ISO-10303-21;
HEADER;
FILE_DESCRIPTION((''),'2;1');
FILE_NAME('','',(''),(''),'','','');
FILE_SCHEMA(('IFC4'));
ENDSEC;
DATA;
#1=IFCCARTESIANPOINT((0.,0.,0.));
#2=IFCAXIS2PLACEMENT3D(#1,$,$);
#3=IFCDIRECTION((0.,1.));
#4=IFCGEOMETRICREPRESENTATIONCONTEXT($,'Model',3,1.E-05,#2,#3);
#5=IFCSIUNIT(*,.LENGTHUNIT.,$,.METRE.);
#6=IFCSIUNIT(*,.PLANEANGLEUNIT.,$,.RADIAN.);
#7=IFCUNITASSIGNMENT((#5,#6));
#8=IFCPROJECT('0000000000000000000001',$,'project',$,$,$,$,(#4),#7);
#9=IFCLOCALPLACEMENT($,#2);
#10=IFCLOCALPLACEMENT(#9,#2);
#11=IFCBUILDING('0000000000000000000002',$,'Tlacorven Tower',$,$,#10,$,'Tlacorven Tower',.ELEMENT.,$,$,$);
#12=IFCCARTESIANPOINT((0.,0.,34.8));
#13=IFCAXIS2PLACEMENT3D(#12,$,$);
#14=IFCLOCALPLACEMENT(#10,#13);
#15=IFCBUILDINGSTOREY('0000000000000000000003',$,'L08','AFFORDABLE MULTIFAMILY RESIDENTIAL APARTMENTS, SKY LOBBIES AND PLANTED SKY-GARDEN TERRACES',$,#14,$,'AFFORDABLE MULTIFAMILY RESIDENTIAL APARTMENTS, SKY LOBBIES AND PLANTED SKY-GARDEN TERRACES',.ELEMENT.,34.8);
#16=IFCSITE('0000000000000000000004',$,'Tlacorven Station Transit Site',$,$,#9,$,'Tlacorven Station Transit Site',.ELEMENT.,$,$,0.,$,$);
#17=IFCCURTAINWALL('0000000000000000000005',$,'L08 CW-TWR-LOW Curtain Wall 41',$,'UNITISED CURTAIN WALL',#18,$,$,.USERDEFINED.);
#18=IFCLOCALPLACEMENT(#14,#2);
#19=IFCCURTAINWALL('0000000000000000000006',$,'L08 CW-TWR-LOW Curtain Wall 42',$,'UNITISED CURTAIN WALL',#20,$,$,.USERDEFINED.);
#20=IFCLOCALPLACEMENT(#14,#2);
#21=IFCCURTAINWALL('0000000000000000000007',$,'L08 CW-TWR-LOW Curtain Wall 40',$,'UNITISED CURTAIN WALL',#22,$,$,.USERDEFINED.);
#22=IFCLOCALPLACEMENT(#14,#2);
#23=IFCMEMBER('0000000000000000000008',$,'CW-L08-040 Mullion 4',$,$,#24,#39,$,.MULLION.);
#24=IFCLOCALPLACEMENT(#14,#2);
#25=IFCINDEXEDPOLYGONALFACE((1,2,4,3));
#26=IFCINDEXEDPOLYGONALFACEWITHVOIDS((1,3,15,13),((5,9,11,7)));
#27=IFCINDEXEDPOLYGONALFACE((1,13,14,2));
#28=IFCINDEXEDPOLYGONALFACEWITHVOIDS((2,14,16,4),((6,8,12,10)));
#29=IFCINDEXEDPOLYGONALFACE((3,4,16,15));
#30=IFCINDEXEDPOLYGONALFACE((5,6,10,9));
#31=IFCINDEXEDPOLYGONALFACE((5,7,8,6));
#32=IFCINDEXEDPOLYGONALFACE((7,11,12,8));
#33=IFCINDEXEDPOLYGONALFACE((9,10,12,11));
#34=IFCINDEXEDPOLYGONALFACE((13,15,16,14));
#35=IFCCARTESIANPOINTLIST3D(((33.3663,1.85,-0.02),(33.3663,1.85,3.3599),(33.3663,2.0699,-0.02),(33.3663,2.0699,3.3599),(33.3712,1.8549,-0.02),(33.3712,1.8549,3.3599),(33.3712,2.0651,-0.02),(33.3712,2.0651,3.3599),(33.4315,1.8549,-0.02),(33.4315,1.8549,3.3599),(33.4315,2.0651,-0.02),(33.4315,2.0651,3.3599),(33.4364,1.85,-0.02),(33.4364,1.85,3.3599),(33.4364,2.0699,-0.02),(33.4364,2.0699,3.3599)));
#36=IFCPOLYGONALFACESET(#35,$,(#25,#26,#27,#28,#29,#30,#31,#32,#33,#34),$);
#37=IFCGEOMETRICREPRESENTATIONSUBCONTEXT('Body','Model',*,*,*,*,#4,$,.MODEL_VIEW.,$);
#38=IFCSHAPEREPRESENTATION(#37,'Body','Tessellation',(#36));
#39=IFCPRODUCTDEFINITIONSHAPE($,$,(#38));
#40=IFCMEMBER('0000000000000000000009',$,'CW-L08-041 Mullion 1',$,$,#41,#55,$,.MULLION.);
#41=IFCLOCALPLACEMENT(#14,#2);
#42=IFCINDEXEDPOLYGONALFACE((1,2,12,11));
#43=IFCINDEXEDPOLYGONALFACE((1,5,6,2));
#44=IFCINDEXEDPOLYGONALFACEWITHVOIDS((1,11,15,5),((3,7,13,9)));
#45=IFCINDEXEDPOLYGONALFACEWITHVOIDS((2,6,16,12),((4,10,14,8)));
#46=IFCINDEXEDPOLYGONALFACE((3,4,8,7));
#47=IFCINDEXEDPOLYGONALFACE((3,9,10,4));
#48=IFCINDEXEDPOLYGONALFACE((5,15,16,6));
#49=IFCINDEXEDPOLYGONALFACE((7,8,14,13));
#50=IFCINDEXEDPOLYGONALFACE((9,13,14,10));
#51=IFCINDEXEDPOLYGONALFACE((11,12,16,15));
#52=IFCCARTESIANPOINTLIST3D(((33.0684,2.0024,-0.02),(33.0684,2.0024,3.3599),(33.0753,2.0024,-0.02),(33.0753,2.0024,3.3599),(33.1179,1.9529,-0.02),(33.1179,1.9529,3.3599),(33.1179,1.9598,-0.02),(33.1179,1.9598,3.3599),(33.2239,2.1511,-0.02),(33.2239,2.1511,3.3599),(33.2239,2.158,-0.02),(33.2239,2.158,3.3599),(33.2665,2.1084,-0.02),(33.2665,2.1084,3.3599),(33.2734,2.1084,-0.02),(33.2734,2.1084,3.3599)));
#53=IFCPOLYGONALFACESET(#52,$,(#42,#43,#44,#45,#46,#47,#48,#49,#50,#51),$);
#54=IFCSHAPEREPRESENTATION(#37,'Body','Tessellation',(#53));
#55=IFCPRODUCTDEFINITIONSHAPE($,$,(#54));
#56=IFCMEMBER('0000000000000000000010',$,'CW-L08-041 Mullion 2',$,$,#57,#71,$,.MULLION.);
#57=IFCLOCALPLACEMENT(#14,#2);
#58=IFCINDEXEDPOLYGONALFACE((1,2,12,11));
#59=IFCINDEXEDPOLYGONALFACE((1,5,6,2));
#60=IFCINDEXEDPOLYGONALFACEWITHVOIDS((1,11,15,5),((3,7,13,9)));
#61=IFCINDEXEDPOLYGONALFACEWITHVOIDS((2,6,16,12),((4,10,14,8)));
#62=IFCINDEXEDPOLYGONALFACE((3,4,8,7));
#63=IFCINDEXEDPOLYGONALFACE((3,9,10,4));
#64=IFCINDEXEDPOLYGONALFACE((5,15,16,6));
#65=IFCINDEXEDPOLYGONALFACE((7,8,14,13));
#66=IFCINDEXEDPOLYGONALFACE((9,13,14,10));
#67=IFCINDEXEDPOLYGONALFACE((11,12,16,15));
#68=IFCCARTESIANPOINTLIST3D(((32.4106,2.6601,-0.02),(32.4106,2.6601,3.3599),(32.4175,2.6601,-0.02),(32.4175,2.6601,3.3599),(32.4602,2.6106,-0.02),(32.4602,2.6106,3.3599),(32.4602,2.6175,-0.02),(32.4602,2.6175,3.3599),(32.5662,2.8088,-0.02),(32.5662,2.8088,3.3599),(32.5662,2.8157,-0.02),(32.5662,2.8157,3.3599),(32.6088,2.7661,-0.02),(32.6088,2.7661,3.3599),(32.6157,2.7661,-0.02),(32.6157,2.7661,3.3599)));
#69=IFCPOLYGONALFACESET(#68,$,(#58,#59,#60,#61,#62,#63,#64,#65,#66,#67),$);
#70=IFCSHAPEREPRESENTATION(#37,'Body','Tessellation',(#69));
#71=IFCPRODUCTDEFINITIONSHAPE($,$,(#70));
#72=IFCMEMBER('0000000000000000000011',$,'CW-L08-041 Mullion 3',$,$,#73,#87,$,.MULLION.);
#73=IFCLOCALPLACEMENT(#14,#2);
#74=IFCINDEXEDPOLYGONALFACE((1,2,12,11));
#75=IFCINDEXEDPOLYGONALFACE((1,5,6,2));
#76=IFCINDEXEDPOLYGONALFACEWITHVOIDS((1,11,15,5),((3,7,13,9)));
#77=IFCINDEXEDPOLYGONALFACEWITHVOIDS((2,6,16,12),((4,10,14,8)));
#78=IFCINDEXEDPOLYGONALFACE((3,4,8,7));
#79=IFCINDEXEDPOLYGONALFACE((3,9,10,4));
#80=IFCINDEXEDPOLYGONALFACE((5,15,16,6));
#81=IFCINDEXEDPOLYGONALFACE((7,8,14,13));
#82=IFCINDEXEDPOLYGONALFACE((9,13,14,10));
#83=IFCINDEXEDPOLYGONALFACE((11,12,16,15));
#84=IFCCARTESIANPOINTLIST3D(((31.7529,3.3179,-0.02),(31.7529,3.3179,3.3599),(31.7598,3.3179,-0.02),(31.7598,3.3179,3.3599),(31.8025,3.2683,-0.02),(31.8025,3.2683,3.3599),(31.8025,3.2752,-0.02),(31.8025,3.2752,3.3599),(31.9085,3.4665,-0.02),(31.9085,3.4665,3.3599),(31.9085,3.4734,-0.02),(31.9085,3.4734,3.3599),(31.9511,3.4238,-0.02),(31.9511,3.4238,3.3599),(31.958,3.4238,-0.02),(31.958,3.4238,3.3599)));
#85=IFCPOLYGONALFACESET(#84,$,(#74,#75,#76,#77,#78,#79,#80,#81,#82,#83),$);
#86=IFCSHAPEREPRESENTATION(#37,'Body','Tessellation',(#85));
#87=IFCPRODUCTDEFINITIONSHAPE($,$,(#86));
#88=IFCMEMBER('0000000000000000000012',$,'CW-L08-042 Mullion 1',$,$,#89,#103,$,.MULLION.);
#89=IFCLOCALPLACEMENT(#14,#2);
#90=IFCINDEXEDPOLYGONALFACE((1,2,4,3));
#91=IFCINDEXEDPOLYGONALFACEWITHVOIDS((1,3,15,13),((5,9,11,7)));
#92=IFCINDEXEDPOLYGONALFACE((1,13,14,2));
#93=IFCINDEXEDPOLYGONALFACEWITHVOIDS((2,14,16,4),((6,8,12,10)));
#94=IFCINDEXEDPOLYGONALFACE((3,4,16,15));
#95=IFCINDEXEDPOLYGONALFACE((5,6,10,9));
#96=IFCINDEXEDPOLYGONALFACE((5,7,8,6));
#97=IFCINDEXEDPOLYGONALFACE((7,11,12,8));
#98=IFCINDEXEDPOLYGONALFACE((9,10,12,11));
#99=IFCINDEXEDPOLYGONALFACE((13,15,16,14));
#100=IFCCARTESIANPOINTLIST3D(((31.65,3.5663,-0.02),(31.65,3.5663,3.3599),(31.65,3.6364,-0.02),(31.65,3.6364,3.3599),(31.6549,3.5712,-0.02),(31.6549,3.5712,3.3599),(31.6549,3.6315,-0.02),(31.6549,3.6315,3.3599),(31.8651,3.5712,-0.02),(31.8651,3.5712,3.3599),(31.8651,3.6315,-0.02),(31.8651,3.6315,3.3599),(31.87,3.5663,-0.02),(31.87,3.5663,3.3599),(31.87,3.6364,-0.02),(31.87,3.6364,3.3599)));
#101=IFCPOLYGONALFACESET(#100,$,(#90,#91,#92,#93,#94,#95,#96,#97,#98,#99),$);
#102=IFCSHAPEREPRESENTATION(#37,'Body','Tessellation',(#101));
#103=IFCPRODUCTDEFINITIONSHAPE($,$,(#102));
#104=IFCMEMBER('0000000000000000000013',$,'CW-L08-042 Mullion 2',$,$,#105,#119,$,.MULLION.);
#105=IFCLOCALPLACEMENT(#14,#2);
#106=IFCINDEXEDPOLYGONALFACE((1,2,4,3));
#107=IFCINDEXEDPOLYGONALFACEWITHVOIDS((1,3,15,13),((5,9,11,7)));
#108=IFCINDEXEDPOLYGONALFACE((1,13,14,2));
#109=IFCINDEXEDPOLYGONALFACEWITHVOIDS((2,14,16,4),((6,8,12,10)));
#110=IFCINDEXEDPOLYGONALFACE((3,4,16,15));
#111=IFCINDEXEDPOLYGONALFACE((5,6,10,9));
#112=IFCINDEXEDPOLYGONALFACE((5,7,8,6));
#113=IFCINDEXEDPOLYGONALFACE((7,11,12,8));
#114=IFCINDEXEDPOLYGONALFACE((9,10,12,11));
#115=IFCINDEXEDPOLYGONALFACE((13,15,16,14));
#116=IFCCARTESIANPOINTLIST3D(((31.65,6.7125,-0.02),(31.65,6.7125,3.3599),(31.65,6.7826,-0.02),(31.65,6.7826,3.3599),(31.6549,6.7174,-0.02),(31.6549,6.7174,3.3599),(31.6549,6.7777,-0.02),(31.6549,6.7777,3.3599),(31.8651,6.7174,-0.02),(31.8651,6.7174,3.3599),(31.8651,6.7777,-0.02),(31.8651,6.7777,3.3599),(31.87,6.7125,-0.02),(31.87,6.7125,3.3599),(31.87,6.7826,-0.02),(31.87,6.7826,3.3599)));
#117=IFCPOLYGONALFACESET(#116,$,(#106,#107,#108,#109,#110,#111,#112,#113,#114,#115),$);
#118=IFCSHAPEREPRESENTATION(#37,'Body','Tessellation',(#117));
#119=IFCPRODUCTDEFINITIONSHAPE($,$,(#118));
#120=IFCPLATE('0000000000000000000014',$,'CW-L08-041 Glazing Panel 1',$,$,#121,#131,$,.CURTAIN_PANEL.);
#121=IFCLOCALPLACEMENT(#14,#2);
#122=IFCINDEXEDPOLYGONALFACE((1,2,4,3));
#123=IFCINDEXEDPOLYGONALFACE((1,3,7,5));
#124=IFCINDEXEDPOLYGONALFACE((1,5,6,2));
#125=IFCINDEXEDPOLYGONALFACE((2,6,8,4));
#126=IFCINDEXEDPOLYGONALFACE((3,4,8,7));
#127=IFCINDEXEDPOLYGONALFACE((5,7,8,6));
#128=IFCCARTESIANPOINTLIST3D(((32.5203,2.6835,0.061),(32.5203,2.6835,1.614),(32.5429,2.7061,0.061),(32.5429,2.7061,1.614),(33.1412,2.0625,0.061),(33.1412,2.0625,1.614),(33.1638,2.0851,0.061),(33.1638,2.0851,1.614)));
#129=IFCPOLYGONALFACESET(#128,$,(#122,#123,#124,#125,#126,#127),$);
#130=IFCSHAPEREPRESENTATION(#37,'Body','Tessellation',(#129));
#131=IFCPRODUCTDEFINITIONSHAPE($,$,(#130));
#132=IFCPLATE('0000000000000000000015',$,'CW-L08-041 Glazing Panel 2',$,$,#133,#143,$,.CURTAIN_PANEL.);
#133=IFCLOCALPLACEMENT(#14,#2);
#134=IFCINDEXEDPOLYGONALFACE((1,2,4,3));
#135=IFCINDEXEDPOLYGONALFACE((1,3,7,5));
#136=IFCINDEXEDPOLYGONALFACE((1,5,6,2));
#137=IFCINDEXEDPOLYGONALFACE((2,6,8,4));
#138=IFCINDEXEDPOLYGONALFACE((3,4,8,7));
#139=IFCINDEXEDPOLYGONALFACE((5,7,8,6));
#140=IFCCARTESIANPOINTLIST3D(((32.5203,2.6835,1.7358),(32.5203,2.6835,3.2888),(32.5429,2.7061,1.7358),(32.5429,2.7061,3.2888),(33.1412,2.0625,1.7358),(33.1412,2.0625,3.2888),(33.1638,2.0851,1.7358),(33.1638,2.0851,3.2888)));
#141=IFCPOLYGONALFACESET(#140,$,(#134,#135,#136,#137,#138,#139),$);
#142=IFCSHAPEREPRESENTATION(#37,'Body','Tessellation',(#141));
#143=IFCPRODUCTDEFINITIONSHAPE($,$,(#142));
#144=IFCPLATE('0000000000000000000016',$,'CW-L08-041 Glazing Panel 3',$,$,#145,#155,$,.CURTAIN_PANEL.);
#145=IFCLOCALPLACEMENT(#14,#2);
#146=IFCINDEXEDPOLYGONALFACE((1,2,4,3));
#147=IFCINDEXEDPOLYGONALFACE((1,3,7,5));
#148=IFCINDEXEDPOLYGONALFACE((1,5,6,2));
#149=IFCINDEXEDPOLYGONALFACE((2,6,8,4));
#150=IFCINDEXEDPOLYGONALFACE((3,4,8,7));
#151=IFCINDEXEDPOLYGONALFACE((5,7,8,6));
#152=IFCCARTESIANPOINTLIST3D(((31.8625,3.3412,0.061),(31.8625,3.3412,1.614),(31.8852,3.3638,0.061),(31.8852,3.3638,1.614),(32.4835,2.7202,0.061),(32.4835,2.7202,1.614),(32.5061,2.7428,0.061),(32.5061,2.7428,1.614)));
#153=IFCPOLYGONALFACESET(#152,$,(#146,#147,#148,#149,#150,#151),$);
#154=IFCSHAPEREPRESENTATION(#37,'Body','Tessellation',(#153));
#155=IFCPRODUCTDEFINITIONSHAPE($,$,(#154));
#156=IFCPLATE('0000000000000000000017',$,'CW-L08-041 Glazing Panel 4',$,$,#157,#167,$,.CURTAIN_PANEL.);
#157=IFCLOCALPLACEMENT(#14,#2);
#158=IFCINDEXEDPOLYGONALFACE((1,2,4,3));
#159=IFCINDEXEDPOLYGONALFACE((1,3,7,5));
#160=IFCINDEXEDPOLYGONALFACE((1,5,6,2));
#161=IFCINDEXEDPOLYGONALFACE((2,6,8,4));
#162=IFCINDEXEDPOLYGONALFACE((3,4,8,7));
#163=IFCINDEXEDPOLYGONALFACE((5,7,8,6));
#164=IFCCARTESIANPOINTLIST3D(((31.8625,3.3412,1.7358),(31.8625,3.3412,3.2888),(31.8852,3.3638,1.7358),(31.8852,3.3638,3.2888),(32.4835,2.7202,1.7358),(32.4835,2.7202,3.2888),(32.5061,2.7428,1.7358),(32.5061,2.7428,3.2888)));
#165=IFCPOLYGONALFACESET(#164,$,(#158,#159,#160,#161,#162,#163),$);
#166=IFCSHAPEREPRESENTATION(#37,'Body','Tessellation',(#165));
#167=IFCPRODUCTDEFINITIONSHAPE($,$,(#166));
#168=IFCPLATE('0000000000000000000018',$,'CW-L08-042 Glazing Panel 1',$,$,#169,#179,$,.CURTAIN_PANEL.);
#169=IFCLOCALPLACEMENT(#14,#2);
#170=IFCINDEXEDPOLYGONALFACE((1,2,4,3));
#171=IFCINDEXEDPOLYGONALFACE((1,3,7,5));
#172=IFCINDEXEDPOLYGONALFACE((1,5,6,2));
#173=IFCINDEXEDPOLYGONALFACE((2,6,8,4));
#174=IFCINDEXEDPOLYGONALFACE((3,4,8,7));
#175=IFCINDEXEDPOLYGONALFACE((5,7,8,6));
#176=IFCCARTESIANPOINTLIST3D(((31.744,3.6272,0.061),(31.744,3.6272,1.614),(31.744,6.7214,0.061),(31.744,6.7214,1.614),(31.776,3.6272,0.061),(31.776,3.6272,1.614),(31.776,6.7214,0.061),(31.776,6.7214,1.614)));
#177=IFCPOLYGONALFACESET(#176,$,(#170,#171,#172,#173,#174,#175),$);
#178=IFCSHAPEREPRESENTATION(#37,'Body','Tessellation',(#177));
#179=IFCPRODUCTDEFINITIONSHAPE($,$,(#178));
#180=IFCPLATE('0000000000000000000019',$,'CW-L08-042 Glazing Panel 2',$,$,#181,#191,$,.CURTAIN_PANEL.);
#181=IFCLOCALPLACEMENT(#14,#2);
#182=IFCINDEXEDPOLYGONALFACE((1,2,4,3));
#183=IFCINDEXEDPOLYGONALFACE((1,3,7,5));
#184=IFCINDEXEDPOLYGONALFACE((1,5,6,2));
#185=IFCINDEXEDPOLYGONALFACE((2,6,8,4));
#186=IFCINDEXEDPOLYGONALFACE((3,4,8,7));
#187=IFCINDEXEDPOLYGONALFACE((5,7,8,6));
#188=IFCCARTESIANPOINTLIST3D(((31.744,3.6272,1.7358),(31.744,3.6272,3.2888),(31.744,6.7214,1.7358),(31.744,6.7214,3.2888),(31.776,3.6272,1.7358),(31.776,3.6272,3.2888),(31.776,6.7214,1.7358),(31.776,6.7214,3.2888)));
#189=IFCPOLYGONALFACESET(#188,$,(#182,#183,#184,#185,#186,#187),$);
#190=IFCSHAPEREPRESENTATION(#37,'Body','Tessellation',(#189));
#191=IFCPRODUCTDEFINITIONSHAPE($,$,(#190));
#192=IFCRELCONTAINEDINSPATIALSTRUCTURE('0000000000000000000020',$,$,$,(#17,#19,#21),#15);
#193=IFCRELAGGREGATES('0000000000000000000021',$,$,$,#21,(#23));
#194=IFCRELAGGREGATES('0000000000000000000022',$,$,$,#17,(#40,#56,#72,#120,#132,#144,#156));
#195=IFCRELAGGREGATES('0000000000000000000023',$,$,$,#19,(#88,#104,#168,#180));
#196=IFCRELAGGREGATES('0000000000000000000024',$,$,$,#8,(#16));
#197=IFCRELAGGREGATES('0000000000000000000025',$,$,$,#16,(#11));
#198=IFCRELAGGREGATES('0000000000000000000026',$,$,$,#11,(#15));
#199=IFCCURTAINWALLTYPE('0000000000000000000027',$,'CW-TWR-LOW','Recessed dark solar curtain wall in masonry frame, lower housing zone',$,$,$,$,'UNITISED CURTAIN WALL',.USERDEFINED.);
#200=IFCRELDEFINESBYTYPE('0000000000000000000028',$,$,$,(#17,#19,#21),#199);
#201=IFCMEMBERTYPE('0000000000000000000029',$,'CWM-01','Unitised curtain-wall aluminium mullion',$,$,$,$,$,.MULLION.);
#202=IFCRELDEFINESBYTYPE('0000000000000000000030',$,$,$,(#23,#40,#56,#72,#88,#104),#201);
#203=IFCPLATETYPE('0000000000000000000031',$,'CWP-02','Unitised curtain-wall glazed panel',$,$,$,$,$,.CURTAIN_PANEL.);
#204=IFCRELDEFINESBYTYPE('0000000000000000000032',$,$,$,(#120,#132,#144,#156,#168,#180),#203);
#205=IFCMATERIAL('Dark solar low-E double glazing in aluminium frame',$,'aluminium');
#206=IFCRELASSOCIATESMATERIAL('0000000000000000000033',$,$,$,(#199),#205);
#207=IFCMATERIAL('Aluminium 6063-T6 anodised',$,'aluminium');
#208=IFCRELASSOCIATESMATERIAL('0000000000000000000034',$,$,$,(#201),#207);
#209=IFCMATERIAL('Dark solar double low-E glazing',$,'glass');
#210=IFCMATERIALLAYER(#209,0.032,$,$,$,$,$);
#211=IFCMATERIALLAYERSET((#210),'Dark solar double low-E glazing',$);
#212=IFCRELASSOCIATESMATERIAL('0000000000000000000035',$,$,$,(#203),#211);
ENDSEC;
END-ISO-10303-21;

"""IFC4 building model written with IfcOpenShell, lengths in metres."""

from ifc_helpers import new_model, si_unit, direction, frame, origin, origin_2d, place, context, subcontext, project, spatial, rectangle, hollow_rectangle, extrude, source, transform, mapped, material, layer, layer_set, material_profile, profile_set, type_object, element, aggregate, save


model = new_model("IFC4")

# Units and contexts
model_context = context("Model", 3, precision=1e-05, world=origin(), true_north=direction((0.0, 1.0)))
body_context = subcontext(model_context, "Body", "Model", "MODEL_VIEW")
ifc_project = project(units=[si_unit("LENGTHUNIT", "METRE"), si_unit("PLANEANGLEUNIT", "RADIAN")], contexts=[model_context])

# Site, building, storey
site_placement = place(None, origin())
site = spatial("IfcSite", under=ifc_project, at=site_placement, Name="Tlacorven Station Transit Site", LongName="Tlacorven Station Transit Site", CompositionType="ELEMENT", RefElevation=0.0)
building_placement = place(site_placement, origin())
building = spatial("IfcBuilding", under=site, at=building_placement, Name="Tlacorven Tower", LongName="Tlacorven Tower", CompositionType="ELEMENT")
storey_placement = place(building_placement, frame((0.0, 0.0, 34.8)))
storey = spatial("IfcBuildingStorey", under=building, at=storey_placement, Name="L08", Description="AFFORDABLE MULTIFAMILY RESIDENTIAL APARTMENTS, SKY LOBBIES AND PLANTED SKY-GARDEN TERRACES", LongName="AFFORDABLE MULTIFAMILY RESIDENTIAL APARTMENTS, SKY LOBBIES AND PLANTED SKY-GARDEN TERRACES", CompositionType="ELEMENT", Elevation=34.8)

# Curtain walls
ifc_material_1 = material(Name="Dark solar low-E double glazing in aluminium frame", Category="aluminium")
curtain_wall_type = type_object("IfcCurtainWallType", Name="CW-TWR-LOW", Description="Recessed dark solar curtain wall in masonry frame, lower housing zone", ElementType="UNITISED CURTAIN WALL", PredefinedType="USERDEFINED", material=ifc_material_1)
curtain_wall_1_placement = place(storey_placement, origin())
curtain_wall_1 = element("IfcCurtainWall", 1, at=curtain_wall_1_placement, inside=storey, type_object=curtain_wall_type, Name="L08 CW-TWR-LOW Curtain Wall 41", ObjectType="UNITISED CURTAIN WALL", PredefinedType="USERDEFINED")
ifc_material_2 = material(Name="Aluminium 6063-T6 anodised", Category="aluminium")
curtain_wall_2_placement = place(storey_placement, origin())
curtain_wall_2 = element("IfcCurtainWall", 2, at=curtain_wall_2_placement, inside=storey, type_object=curtain_wall_type, Name="L08 CW-TWR-LOW Curtain Wall 42", ObjectType="UNITISED CURTAIN WALL", PredefinedType="USERDEFINED")

# Curtain wall, member
curtain_wall_3_placement = place(storey_placement, origin())
curtain_wall_3 = element("IfcCurtainWall", 3, at=curtain_wall_3_placement, inside=storey, type_object=curtain_wall_type, Name="L08 CW-TWR-LOW Curtain Wall 40", ObjectType="UNITISED CURTAIN WALL", PredefinedType="USERDEFINED")
ifc_material_profile_1 = material_profile(ifc_material_2, hollow_rectangle(XDim=0.0701, YDim=0.22, WallThickness=0.0049, at=origin_2d()), Name="ALU MULLION 70X220")
ifc_profile_set_1 = profile_set([ifc_material_profile_1], Name="Aluminium 6063-T6 anodised")
member_type_1 = type_object("IfcMemberType", Name="CWM-01", Description="Unitised curtain-wall aluminium mullion", PredefinedType="MULLION", material=ifc_profile_set_1)
shared_shape_1 = source(origin(), body_context, "Body", "SweptSolid", [
    extrude(hollow_rectangle(XDim=0.0701, YDim=0.22, WallThickness=0.0049, at=origin_2d()), origin(), (0.0, 0.0, 1.0), 3.3799),
])
member_1_placement = place(storey_placement, frame((33.4014, 1.96, -0.02), z_axis=(0.0, 0.0, 1.0), x_axis=(-1.0, 0.0, 0.0)))
member_1 = element("IfcMember", 4, at=member_1_placement, type_object=member_type_1, Name="CW-L08-040 Mullion 4", PredefinedType="MULLION", context=body_context, shape_type="MappedRepresentation", body=[
    mapped(shared_shape_1, transform((0.0, 0.0, 0.0), scale=1.0)),
])
aggregate(curtain_wall_3, [member_1])

# Members
member_2_placement = place(storey_placement, frame((33.1709, 2.0554, -0.02), z_axis=(0.0, 0.0, 1.0), x_axis=(-0.707107, 0.707107, 0.0)))
member_2 = element("IfcMember", 5, at=member_2_placement, type_object=member_type_1, Name="CW-L08-041 Mullion 1", PredefinedType="MULLION", context=body_context, shape_type="MappedRepresentation", body=[
    mapped(shared_shape_1, transform((0.0, 0.0, 0.0), scale=1.0)),
])
member_3_placement = place(storey_placement, frame((32.5132, 2.7131, -0.02), z_axis=(0.0, 0.0, 1.0), x_axis=(-0.707107, 0.707107, 0.0)))
member_3 = element("IfcMember", 6, at=member_3_placement, type_object=member_type_1, Name="CW-L08-041 Mullion 2", PredefinedType="MULLION", context=body_context, shape_type="MappedRepresentation", body=[
    mapped(shared_shape_1, transform((0.0, 0.0, 0.0), scale=1.0)),
])
member_4_placement = place(storey_placement, frame((31.8555, 3.3708, -0.02), z_axis=(0.0, 0.0, 1.0), x_axis=(-0.707107, 0.707107, 0.0)))
member_4 = element("IfcMember", 7, at=member_4_placement, type_object=member_type_1, Name="CW-L08-041 Mullion 3", PredefinedType="MULLION", context=body_context, shape_type="MappedRepresentation", body=[
    mapped(shared_shape_1, transform((0.0, 0.0, 0.0), scale=1.0)),
])
member_5_placement = place(storey_placement, frame((31.76, 3.6013, -0.02), z_axis=(0.0, 0.0, 1.0), x_axis=(0.0, 1.0, 0.0)))
member_5 = element("IfcMember", 8, at=member_5_placement, type_object=member_type_1, Name="CW-L08-042 Mullion 1", PredefinedType="MULLION", context=body_context, shape_type="MappedRepresentation", body=[
    mapped(shared_shape_1, transform((0.0, 0.0, 0.0), scale=1.0)),
])
member_6_placement = place(storey_placement, frame((31.76, 6.7476, -0.02), z_axis=(0.0, 0.0, 1.0), x_axis=(0.0, 1.0, 0.0)))
member_6 = element("IfcMember", 9, at=member_6_placement, type_object=member_type_1, Name="CW-L08-042 Mullion 2", PredefinedType="MULLION", context=body_context, shape_type="MappedRepresentation", body=[
    mapped(shared_shape_1, transform((0.0, 0.0, 0.0), scale=1.0)),
])

# Plates
ifc_material_3 = material(Name="Dark solar double low-E glazing", Category="glass")
ifc_layer = layer(ifc_material_3, 0.032)
ifc_layer_set = layer_set([ifc_layer], Name="Dark solar double low-E glazing")
plate_type = type_object("IfcPlateType", Name="CWP-02", Description="Unitised curtain-wall glazed panel", PredefinedType="CURTAIN_PANEL", material=ifc_layer_set)
shared_shape_2 = source(origin(), body_context, "Body", "SweptSolid", [
    extrude(rectangle(XDim=0.8782, YDim=0.032, at=origin_2d()), origin(), (0.0, 0.0, 1.0), 1.553),
])
plate_1_placement = place(storey_placement, frame((32.842, 2.3843, 0.061), z_axis=(0.0, 0.0, 1.0), x_axis=(-0.707107, 0.707107, 0.0)))
plate_1 = element("IfcPlate", 10, at=plate_1_placement, type_object=plate_type, Name="CW-L08-041 Glazing Panel 1", PredefinedType="CURTAIN_PANEL", context=body_context, shape_type="MappedRepresentation", body=[
    mapped(shared_shape_2, transform((0.0, 0.0, 0.0), scale=1.0)),
])
plate_2_placement = place(storey_placement, frame((32.842, 2.3843, 1.7358), z_axis=(0.0, 0.0, 1.0), x_axis=(-0.707107, 0.707107, 0.0)))
plate_2 = element("IfcPlate", 11, at=plate_2_placement, type_object=plate_type, Name="CW-L08-041 Glazing Panel 2", PredefinedType="CURTAIN_PANEL", context=body_context, shape_type="MappedRepresentation", body=[
    mapped(shared_shape_2, transform((0.0, 0.0, 0.0), scale=1.0)),
])
plate_3_placement = place(storey_placement, frame((32.1843, 3.042, 0.061), z_axis=(0.0, 0.0, 1.0), x_axis=(-0.707107, 0.707107, 0.0)))
plate_3 = element("IfcPlate", 12, at=plate_3_placement, type_object=plate_type, Name="CW-L08-041 Glazing Panel 3", PredefinedType="CURTAIN_PANEL", context=body_context, shape_type="MappedRepresentation", body=[
    mapped(shared_shape_2, transform((0.0, 0.0, 0.0), scale=1.0)),
])
plate_4_placement = place(storey_placement, frame((32.1843, 3.042, 1.7358), z_axis=(0.0, 0.0, 1.0), x_axis=(-0.707107, 0.707107, 0.0)))
plate_4 = element("IfcPlate", 13, at=plate_4_placement, type_object=plate_type, Name="CW-L08-041 Glazing Panel 4", PredefinedType="CURTAIN_PANEL", context=body_context, shape_type="MappedRepresentation", body=[
    mapped(shared_shape_2, transform((0.0, 0.0, 0.0), scale=1.0)),
])
aggregate(curtain_wall_1, [member_2, member_3, member_4, plate_1, plate_2, plate_3, plate_4])
shared_shape_3 = source(origin(), body_context, "Body", "SweptSolid", [
    extrude(rectangle(XDim=3.0942, YDim=0.032, at=origin_2d()), origin(), (0.0, 0.0, 1.0), 1.553),
])
plate_5_placement = place(storey_placement, frame((31.76, 5.1743, 0.061), z_axis=(0.0, 0.0, 1.0), x_axis=(0.0, 1.0, 0.0)))
plate_5 = element("IfcPlate", 14, at=plate_5_placement, type_object=plate_type, Name="CW-L08-042 Glazing Panel 1", PredefinedType="CURTAIN_PANEL", context=body_context, shape_type="MappedRepresentation", body=[
    mapped(shared_shape_3, transform((0.0, 0.0, 0.0), scale=1.0)),
])
plate_6_placement = place(storey_placement, frame((31.76, 5.1743, 1.7358), z_axis=(0.0, 0.0, 1.0), x_axis=(0.0, 1.0, 0.0)))
plate_6 = element("IfcPlate", 15, at=plate_6_placement, type_object=plate_type, Name="CW-L08-042 Glazing Panel 2", PredefinedType="CURTAIN_PANEL", context=body_context, shape_type="MappedRepresentation", body=[
    mapped(shared_shape_3, transform((0.0, 0.0, 0.0), scale=1.0)),
])
aggregate(curtain_wall_2, [member_5, member_6, plate_5, plate_6])

save(model, "model.ifc")
